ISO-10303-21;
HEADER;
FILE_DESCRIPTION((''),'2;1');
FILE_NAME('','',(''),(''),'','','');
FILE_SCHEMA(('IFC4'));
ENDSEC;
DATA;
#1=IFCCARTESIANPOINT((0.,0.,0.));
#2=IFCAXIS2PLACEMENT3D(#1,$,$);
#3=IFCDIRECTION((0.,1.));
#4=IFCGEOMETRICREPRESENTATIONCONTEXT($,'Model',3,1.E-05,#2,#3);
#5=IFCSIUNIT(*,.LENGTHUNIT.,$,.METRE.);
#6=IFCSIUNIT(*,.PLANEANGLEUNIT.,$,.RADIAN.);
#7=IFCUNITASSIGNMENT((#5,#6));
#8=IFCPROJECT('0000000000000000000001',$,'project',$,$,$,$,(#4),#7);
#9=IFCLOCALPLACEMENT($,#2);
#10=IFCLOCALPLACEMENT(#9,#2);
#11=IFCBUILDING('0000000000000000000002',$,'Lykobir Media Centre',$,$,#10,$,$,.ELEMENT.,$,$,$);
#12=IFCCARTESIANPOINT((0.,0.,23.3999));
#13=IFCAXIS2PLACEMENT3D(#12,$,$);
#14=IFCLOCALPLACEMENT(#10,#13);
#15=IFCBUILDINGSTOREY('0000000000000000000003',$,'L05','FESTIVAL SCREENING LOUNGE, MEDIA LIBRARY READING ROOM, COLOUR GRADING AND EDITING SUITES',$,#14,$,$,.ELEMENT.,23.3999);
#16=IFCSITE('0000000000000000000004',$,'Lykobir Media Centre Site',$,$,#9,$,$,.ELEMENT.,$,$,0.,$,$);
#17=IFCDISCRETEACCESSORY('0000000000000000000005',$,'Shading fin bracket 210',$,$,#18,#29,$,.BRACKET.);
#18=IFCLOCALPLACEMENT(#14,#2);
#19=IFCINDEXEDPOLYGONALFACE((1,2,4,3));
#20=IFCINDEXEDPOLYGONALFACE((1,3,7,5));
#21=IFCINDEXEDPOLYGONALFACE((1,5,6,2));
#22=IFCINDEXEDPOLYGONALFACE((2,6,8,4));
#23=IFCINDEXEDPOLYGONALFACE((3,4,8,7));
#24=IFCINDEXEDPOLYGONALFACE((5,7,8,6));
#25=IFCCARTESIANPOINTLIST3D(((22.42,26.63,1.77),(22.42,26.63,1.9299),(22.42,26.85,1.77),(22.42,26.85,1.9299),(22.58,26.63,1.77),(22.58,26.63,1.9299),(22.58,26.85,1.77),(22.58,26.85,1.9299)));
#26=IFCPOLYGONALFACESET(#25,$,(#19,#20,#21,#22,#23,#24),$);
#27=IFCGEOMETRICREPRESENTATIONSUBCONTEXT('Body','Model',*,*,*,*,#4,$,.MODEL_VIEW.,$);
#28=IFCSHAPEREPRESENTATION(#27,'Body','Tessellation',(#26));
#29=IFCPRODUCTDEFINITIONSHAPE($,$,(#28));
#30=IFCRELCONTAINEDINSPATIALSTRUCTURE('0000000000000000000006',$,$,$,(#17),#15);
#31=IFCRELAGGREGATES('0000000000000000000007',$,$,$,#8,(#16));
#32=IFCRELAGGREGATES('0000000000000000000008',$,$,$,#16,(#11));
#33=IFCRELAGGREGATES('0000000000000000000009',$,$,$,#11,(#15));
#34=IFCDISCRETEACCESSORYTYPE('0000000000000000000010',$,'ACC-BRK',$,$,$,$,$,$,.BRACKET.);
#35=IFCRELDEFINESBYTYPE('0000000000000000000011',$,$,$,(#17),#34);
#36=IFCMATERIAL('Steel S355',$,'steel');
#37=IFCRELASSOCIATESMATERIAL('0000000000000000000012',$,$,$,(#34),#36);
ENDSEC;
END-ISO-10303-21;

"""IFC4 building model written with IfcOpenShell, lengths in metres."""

from ifc_helpers import new_model, si_unit, direction, frame, origin, origin_2d, place, context, subcontext, project, spatial, rectangle, extrude, material, type_object, element, save


model = new_model("IFC4")

# Units and contexts
model_context = context("Model", 3, precision=1e-05, world=origin(), true_north=direction((0.0, 1.0)))
body_context = subcontext(model_context, "Body", "Model", "MODEL_VIEW")
ifc_project = project(units=[si_unit("LENGTHUNIT", "METRE"), si_unit("PLANEANGLEUNIT", "RADIAN")], contexts=[model_context])

# Site, building, storey
site_placement = place(None, origin())
site = spatial("IfcSite", under=ifc_project, at=site_placement, Name="Lykobir Media Centre Site", CompositionType="ELEMENT", RefElevation=0.0)
building_placement = place(site_placement, origin())
building = spatial("IfcBuilding", under=site, at=building_placement, Name="Lykobir Media Centre", CompositionType="ELEMENT")
storey_placement = place(building_placement, frame((0.0, 0.0, 23.3999)))
storey = spatial("IfcBuildingStorey", under=building, at=storey_placement, Name="L05", Description="FESTIVAL SCREENING LOUNGE, MEDIA LIBRARY READING ROOM, COLOUR GRADING AND EDITING SUITES", CompositionType="ELEMENT", Elevation=23.3999)

# Shared definitions
ifc_material_1 = material(Name="Steel S355", Category="steel")

# Discrete accessory
discrete_accessory_type = type_object("IfcDiscreteAccessoryType", Name="ACC-BRK", PredefinedType="BRACKET", material=ifc_material_1)
for number, where, z_axis, x_axis, name in (
    (1, (22.5, 26.74, 1.77), (0.0, 0.0, 1.0), (1.0, 0.0, 0.0), "Shading fin bracket 210"),
):
    element("IfcDiscreteAccessory", number, at=place(storey_placement, frame(where, z_axis=z_axis, x_axis=x_axis)), inside=storey, type_object=discrete_accessory_type, Name=name, PredefinedType="BRACKET", context=body_context, shape_type="SweptSolid", body=[
        extrude(rectangle(XDim=0.1599, YDim=0.22, at=origin_2d()), origin(), (0.0, 0.0, 1.0), 0.1599),
    ])

save(model, "model.ifc")
